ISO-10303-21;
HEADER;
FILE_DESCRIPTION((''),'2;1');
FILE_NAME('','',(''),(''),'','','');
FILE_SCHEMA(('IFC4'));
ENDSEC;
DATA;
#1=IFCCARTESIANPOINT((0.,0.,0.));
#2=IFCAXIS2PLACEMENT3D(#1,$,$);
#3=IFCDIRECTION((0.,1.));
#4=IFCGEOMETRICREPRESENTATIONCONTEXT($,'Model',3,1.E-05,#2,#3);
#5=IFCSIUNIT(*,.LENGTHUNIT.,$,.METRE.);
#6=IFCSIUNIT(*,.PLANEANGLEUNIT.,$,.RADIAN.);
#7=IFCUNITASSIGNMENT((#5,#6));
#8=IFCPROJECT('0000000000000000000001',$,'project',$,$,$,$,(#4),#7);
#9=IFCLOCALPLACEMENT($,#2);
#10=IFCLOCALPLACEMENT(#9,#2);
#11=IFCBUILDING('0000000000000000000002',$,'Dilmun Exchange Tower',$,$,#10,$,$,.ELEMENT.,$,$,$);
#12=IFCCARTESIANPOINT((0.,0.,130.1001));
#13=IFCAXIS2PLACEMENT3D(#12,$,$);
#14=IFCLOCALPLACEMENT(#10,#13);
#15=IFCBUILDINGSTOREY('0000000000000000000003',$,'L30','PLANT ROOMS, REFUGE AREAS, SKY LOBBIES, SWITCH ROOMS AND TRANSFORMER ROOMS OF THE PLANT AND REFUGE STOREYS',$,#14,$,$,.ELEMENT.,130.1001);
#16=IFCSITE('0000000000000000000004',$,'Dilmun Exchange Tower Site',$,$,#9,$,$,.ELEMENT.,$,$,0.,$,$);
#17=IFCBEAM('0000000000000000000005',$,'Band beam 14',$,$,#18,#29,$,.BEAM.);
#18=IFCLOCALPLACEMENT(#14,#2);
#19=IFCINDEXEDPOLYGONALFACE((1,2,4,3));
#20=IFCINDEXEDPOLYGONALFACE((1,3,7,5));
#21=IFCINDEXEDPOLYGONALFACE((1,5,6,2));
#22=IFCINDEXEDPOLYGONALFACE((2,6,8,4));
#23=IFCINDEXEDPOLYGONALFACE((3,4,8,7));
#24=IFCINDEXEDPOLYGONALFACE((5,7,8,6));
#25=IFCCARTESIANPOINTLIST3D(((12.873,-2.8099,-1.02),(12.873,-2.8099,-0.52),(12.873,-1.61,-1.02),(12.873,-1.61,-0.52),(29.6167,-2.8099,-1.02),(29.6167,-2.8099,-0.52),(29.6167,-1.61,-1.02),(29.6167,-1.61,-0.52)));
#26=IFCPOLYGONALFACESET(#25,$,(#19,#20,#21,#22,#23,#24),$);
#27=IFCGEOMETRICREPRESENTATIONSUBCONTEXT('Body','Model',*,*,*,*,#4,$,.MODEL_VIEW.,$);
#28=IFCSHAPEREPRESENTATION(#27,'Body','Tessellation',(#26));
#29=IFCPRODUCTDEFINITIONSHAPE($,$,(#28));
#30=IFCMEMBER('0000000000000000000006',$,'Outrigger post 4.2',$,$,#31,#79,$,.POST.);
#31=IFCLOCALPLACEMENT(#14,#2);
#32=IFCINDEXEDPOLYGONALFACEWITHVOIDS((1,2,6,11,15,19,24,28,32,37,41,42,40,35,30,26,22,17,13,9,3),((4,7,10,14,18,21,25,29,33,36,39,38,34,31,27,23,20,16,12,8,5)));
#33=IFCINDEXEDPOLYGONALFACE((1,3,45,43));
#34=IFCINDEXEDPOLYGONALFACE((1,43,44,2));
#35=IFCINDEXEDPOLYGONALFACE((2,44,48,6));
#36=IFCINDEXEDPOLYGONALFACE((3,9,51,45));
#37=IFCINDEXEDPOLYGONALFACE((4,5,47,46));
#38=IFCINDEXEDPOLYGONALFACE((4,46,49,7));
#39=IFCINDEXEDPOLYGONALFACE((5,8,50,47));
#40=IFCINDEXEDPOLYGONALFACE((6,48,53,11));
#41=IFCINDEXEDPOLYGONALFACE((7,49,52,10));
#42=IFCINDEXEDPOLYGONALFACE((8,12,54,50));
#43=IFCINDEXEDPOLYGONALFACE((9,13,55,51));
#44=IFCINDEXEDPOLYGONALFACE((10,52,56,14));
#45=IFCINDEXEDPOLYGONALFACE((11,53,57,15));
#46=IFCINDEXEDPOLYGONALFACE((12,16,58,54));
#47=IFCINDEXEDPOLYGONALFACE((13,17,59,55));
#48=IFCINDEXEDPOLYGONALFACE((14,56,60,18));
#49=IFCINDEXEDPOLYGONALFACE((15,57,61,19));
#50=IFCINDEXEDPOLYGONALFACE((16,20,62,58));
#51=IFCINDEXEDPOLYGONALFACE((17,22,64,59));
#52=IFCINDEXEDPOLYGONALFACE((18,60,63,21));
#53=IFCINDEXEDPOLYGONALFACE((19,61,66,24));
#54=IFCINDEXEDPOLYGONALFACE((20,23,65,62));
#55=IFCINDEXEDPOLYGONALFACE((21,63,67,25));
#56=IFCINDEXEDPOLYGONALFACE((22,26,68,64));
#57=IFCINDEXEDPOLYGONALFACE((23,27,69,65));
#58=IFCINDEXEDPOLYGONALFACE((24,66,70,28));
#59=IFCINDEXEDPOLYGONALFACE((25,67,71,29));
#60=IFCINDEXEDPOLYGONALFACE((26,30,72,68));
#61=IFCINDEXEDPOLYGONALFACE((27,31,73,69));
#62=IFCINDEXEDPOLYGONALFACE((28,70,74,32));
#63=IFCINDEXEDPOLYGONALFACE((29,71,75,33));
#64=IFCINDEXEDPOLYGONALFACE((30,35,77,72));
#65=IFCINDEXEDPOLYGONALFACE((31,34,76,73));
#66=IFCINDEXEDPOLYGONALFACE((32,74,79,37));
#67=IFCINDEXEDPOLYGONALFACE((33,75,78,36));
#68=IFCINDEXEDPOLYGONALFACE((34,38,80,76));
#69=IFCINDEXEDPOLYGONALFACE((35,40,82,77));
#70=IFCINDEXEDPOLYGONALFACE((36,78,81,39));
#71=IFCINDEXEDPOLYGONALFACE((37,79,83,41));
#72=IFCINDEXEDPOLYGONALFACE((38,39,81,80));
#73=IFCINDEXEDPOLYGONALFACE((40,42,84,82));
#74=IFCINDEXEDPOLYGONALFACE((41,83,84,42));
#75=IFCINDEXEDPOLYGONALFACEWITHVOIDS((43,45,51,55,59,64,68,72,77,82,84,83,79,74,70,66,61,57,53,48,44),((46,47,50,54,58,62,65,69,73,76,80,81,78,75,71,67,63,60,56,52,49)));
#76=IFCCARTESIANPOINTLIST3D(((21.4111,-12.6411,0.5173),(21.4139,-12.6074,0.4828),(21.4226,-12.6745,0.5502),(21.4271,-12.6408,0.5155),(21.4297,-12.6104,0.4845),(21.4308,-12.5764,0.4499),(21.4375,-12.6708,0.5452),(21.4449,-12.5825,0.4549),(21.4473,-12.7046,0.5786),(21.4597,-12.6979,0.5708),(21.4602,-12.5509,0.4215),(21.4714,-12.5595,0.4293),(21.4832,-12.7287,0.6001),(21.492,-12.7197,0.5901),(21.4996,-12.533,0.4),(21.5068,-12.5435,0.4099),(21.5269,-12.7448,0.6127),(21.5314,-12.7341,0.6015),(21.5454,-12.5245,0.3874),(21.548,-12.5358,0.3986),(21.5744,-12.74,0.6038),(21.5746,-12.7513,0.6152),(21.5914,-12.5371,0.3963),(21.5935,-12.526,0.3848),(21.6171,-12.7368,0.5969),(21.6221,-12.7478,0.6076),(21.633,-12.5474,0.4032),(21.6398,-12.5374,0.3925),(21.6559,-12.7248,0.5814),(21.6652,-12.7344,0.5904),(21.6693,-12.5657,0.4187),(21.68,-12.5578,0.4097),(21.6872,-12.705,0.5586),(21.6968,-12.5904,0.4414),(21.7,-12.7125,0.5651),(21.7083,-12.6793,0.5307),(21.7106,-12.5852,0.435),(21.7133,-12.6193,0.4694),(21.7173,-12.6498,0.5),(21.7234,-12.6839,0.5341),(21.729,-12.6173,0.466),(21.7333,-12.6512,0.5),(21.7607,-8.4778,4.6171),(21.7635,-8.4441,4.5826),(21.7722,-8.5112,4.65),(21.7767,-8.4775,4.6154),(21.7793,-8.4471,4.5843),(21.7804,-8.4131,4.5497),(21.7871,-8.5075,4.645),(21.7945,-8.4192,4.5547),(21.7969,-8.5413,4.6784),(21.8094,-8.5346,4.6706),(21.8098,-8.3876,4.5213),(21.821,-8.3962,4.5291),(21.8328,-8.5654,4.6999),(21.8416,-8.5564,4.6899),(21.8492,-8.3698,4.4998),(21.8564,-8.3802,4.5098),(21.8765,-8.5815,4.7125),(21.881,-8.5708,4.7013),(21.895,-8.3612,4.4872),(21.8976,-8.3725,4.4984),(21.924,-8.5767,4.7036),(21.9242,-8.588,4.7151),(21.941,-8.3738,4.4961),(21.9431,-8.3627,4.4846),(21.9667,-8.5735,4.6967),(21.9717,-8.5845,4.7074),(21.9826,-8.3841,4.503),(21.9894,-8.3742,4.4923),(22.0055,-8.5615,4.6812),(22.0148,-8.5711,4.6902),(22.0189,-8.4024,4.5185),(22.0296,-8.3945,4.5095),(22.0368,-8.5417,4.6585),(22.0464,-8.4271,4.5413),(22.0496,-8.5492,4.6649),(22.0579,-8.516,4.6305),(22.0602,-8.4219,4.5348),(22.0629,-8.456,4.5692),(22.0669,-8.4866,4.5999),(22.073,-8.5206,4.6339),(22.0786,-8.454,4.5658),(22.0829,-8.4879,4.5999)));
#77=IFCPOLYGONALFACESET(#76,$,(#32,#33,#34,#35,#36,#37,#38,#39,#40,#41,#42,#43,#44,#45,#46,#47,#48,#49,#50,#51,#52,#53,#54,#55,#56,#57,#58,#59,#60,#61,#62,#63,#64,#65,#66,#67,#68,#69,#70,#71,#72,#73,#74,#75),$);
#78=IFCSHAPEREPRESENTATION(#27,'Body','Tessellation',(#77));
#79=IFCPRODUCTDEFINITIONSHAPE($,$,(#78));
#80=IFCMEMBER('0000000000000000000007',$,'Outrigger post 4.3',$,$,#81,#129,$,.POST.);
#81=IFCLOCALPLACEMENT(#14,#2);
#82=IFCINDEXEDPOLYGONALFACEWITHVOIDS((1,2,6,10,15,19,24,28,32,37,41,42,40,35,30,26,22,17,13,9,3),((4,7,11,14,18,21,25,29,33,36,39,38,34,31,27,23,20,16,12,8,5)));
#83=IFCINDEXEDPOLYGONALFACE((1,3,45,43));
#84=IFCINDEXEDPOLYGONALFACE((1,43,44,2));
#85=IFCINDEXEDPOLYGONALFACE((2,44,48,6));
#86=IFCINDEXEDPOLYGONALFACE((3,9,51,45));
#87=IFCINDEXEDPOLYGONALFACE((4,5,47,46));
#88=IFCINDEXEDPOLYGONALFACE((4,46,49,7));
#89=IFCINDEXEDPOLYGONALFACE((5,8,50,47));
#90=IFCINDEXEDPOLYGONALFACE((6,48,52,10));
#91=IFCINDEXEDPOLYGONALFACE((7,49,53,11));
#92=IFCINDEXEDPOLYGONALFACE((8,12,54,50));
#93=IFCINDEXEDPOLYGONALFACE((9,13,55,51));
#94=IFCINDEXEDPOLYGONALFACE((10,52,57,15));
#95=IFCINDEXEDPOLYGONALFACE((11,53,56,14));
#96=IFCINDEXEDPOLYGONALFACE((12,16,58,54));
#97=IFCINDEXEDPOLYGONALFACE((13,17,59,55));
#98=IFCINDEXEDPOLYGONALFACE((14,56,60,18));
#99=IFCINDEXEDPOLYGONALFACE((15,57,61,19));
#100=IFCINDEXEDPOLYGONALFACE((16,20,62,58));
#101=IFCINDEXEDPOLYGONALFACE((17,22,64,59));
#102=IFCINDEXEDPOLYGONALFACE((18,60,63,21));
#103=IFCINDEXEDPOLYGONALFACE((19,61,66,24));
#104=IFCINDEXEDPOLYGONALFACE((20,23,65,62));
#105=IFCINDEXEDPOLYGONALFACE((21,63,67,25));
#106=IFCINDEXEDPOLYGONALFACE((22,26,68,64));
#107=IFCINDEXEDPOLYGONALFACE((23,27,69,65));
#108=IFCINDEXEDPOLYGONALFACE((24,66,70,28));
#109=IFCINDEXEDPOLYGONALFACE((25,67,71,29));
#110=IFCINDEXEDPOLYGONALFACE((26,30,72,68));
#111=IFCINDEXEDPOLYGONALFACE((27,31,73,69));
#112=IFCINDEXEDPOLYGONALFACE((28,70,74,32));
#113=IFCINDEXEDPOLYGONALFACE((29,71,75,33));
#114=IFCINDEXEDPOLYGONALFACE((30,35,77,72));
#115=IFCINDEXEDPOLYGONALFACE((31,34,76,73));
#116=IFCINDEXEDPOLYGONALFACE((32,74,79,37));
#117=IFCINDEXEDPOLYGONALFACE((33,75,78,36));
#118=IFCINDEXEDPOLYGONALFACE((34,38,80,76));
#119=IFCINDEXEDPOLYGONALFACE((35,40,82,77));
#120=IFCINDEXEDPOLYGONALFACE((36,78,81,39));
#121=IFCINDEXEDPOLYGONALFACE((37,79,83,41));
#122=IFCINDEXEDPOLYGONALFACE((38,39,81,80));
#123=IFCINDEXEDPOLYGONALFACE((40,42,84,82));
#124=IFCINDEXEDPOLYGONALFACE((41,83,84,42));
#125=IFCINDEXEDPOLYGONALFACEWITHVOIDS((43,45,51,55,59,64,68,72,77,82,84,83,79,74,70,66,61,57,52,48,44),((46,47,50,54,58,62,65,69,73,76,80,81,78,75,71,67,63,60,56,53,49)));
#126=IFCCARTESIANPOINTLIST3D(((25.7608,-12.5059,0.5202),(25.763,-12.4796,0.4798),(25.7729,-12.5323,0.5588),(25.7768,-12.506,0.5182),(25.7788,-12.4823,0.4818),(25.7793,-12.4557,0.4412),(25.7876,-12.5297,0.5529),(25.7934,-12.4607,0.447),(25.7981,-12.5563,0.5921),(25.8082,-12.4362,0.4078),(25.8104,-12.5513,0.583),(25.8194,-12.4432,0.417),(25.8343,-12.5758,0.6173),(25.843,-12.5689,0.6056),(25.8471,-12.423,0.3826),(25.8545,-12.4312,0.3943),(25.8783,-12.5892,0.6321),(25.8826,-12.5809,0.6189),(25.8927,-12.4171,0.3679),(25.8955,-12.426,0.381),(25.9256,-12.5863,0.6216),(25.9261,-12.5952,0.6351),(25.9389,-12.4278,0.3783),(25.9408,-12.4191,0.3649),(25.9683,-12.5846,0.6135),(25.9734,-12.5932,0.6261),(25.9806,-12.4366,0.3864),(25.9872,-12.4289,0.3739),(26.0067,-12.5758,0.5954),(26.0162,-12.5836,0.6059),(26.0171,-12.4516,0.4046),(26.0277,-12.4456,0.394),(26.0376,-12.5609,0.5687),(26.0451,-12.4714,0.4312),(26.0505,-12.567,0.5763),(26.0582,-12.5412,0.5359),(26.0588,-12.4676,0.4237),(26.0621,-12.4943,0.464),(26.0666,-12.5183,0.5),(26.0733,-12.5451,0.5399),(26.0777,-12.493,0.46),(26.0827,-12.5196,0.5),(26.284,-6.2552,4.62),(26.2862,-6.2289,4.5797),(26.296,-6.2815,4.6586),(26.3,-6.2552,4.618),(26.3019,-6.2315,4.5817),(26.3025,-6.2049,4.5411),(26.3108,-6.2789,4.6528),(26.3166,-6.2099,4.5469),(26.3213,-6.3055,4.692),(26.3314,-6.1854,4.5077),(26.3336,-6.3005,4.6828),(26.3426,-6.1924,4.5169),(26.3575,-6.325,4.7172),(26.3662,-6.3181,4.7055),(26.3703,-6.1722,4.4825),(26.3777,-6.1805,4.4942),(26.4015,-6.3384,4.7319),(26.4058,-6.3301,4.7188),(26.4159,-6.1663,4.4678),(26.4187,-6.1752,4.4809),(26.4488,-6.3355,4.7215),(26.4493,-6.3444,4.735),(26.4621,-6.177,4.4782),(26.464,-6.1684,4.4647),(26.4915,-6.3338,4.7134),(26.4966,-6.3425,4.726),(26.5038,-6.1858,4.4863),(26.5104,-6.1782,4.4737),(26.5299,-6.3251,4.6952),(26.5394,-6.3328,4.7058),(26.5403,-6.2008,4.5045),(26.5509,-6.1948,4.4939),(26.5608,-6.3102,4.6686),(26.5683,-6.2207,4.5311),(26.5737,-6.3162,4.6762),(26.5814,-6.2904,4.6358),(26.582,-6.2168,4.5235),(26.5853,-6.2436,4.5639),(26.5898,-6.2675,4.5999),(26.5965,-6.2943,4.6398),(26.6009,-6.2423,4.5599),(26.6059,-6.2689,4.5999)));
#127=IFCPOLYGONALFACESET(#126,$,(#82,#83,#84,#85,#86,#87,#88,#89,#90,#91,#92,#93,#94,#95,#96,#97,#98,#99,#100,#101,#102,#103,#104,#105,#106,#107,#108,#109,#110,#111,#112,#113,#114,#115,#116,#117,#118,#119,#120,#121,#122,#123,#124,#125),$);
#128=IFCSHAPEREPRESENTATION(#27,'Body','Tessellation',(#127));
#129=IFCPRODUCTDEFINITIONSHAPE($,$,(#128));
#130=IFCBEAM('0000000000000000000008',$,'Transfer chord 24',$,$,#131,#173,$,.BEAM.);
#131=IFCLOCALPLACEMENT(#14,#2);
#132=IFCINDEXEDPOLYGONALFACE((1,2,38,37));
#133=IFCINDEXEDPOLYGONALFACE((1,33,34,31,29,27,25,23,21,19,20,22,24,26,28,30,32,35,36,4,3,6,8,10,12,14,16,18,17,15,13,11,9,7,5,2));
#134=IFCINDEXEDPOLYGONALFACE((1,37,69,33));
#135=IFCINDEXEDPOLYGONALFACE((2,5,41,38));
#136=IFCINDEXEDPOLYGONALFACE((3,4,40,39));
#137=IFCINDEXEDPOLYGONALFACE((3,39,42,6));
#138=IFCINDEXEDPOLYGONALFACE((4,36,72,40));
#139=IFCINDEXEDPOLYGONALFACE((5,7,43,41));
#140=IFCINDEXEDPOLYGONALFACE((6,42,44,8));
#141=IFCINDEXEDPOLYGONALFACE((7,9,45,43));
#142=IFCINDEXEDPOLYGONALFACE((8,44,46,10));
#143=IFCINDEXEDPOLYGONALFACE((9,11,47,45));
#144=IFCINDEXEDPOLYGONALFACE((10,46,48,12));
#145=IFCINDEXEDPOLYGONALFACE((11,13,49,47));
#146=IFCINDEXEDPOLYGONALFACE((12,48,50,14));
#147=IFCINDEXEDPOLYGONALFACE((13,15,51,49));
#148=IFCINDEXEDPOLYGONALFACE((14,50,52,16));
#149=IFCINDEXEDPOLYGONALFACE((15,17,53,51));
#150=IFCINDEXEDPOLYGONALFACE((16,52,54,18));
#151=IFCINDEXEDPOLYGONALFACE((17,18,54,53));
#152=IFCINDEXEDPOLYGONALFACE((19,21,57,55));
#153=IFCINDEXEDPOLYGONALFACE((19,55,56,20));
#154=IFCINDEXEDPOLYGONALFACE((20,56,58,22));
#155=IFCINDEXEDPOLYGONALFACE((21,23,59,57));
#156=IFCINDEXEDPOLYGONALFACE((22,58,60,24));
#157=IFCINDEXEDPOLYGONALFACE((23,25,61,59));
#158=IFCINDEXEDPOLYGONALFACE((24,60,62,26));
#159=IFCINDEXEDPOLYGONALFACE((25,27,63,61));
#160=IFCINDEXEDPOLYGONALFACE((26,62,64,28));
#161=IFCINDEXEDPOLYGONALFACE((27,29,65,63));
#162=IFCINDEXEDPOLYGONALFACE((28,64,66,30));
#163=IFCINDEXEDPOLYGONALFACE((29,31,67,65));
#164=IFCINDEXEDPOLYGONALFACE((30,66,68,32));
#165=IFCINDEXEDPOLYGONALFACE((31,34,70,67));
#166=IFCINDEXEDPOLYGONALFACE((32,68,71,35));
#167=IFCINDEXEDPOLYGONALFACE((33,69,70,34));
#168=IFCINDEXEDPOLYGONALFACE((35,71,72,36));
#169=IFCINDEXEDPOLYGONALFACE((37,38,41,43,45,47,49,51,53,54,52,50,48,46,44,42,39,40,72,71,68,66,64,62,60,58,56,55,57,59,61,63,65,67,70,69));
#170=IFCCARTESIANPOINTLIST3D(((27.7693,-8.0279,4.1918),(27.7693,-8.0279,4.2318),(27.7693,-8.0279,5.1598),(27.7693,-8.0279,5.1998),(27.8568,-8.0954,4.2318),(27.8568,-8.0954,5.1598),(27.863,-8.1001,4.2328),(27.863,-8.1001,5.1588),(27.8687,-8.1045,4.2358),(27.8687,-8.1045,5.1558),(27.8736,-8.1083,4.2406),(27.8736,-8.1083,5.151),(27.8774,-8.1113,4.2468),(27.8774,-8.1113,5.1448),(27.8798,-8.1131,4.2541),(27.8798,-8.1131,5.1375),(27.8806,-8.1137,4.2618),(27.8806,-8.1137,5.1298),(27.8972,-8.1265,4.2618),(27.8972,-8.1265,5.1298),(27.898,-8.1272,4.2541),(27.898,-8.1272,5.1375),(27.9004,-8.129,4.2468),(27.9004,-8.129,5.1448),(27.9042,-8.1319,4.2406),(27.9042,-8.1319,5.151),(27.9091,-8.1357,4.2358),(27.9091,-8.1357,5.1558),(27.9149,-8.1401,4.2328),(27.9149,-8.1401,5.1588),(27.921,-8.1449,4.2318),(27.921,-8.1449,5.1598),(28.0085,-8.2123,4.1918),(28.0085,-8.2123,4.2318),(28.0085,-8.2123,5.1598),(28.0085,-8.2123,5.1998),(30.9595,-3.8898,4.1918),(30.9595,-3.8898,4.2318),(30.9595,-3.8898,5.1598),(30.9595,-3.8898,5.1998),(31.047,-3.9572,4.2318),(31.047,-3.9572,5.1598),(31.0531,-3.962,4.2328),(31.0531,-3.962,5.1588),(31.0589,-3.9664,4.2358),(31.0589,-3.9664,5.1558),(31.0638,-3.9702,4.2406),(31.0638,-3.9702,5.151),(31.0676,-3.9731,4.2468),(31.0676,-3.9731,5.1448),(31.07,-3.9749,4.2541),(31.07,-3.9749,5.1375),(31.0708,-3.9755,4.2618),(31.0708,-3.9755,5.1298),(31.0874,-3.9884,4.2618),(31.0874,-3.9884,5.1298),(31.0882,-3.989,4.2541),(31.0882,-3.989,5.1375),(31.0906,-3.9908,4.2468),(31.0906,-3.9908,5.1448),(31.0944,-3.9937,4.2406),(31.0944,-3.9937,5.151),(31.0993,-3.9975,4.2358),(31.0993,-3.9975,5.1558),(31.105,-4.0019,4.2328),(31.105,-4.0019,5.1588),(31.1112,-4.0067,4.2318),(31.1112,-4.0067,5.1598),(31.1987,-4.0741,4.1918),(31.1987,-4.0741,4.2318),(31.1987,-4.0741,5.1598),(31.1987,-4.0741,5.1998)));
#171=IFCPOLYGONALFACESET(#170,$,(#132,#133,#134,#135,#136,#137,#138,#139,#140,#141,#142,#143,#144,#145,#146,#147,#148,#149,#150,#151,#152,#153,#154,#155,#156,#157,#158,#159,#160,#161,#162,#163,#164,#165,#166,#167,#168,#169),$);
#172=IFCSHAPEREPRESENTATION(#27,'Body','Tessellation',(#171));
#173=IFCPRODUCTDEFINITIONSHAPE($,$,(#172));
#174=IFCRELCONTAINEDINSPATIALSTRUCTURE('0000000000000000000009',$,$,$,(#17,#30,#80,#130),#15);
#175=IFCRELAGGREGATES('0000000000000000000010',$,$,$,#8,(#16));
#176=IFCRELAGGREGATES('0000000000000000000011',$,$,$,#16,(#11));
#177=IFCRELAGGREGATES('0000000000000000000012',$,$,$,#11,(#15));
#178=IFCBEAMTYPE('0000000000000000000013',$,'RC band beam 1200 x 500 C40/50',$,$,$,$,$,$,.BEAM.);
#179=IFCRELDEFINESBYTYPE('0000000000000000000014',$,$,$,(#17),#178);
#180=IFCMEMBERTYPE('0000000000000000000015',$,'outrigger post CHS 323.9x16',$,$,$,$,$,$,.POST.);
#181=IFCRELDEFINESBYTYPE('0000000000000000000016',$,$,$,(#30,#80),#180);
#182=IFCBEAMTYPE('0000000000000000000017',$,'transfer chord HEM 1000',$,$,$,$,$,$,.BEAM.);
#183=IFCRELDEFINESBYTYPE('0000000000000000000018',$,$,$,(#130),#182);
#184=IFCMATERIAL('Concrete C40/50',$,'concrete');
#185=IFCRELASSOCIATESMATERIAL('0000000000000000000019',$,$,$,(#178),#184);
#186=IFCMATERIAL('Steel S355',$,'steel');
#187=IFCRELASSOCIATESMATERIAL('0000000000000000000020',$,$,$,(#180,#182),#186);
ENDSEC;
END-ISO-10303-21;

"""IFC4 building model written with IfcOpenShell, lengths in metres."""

from ifc_helpers import new_model, si_unit, direction, frame, origin, origin_2d, place, context, subcontext, project, spatial, rectangle, hollow_circle, i_section, extrude, material, material_profile, profile_set, type_object, element, save


model = new_model("IFC4")

# Units and contexts
model_context = context("Model", 3, precision=1e-05, world=origin(), true_north=direction((0.0, 1.0)))
body_context = subcontext(model_context, "Body", "Model", "MODEL_VIEW")
ifc_project = project(units=[si_unit("LENGTHUNIT", "METRE"), si_unit("PLANEANGLEUNIT", "RADIAN")], contexts=[model_context])

# Site, building, storey
site_placement = place(None, origin())
site = spatial("IfcSite", under=ifc_project, at=site_placement, Name="Dilmun Exchange Tower Site", CompositionType="ELEMENT", RefElevation=0.0)
building_placement = place(site_placement, origin())
building = spatial("IfcBuilding", under=site, at=building_placement, Name="Dilmun Exchange Tower", CompositionType="ELEMENT")
storey_placement = place(building_placement, frame((0.0, 0.0, 130.1001)))
storey = spatial("IfcBuildingStorey", under=building, at=storey_placement, Name="L30", Description="PLANT ROOMS, REFUGE AREAS, SKY LOBBIES, SWITCH ROOMS AND TRANSFORMER ROOMS OF THE PLANT AND REFUGE STOREYS", CompositionType="ELEMENT", Elevation=130.1001)

# Beam
ifc_material_1 = material(Name="Concrete C40/50", Category="concrete")
ifc_material_profile_1 = material_profile(ifc_material_1, rectangle(XDim=1.2, YDim=0.5, at=origin_2d()), Name="1200 x 500")
ifc_profile_set_1 = profile_set([ifc_material_profile_1], Name="Concrete C40/50")
beam_type_1 = type_object("IfcBeamType", Name="RC band beam 1200 x 500 C40/50", PredefinedType="BEAM", material=ifc_profile_set_1)
beam_1_placement = place(storey_placement, frame((29.6167, -2.21, -0.77), z_axis=(-1.0, 0.0, 0.0), x_axis=(0.0, -1.0, 0.0)))
element("IfcBeam", 1, at=beam_1_placement, inside=storey, type_object=beam_type_1, Name="Band beam 14", PredefinedType="BEAM", context=body_context, shape_type="SweptSolid", body=[
    extrude(rectangle(XDim=1.2, YDim=0.5, at=origin_2d()), origin(), (0.0, 0.0, 1.0), 16.7437),
])

# Members
ifc_material_2 = material(Name="Steel S355", Category="steel")
ifc_material_profile_2 = material_profile(ifc_material_2, hollow_circle(Radius=0.1619, WallThickness=0.0161, at=origin_2d()), Name="CHS 323.9x16")
ifc_profile_set_2 = profile_set([ifc_material_profile_2], Name="Steel S355")
member_type_1 = type_object("IfcMemberType", Name="outrigger post CHS 323.9x16", PredefinedType="POST", material=ifc_profile_set_2)
member_1_placement = place(storey_placement, frame((21.9216, -8.4744, 4.5999), z_axis=(-0.059726, -0.711246, -0.700402), x_axis=(0.996493, -0.083679, 0.0)))
element("IfcMember", 2, at=member_1_placement, inside=storey, type_object=member_type_1, Name="Outrigger post 4.2", PredefinedType="POST", context=body_context, shape_type="SweptSolid", body=[
    extrude(hollow_circle(Radius=0.1619, WallThickness=0.0161, at=origin_2d()), origin(), (0.0, 0.0, 1.0), 5.8535),
])
member_2_placement = place(storey_placement, frame((26.4446, -6.2554, 4.5999), z_axis=(-0.069819, -0.834142, -0.547113), x_axis=(0.996515, -0.083409, 0.0)))
element("IfcMember", 3, at=member_2_placement, inside=storey, type_object=member_type_1, Name="Outrigger post 4.3", PredefinedType="POST", context=body_context, shape_type="SweptSolid", body=[
    extrude(hollow_circle(Radius=0.1619, WallThickness=0.0161, at=origin_2d()), origin(), (0.0, 0.0, 1.0), 7.4937),
])

# Beam
ifc_material_profile_3 = material_profile(ifc_material_2, i_section(OverallWidth=0.302, OverallDepth=1.0081, WebThickness=0.021, FlangeThickness=0.04, FilletRadius=0.03, at=origin_2d()), Name="HEM 1000")
ifc_profile_set_3 = profile_set([ifc_material_profile_3], Name="Steel S355")
beam_type_2 = type_object("IfcBeamType", Name="transfer chord HEM 1000", PredefinedType="BEAM", material=ifc_profile_set_3)
beam_2_placement = place(storey_placement, frame((27.8889, -8.1201, 4.6958), z_axis=(0.610548, 0.791979, 0.0), x_axis=(-0.791979, 0.610548, 0.0)))
element("IfcBeam", 4, at=beam_2_placement, inside=storey, type_object=beam_type_2, Name="Transfer chord 24", PredefinedType="BEAM", context=body_context, shape_type="SweptSolid", body=[
    extrude(i_section(OverallWidth=0.302, OverallDepth=1.0081, WebThickness=0.021, FlangeThickness=0.04, FilletRadius=0.03, at=origin_2d()), origin(), (0.0, 0.0, 1.0), 5.2251),
])

save(model, "model.ifc")
